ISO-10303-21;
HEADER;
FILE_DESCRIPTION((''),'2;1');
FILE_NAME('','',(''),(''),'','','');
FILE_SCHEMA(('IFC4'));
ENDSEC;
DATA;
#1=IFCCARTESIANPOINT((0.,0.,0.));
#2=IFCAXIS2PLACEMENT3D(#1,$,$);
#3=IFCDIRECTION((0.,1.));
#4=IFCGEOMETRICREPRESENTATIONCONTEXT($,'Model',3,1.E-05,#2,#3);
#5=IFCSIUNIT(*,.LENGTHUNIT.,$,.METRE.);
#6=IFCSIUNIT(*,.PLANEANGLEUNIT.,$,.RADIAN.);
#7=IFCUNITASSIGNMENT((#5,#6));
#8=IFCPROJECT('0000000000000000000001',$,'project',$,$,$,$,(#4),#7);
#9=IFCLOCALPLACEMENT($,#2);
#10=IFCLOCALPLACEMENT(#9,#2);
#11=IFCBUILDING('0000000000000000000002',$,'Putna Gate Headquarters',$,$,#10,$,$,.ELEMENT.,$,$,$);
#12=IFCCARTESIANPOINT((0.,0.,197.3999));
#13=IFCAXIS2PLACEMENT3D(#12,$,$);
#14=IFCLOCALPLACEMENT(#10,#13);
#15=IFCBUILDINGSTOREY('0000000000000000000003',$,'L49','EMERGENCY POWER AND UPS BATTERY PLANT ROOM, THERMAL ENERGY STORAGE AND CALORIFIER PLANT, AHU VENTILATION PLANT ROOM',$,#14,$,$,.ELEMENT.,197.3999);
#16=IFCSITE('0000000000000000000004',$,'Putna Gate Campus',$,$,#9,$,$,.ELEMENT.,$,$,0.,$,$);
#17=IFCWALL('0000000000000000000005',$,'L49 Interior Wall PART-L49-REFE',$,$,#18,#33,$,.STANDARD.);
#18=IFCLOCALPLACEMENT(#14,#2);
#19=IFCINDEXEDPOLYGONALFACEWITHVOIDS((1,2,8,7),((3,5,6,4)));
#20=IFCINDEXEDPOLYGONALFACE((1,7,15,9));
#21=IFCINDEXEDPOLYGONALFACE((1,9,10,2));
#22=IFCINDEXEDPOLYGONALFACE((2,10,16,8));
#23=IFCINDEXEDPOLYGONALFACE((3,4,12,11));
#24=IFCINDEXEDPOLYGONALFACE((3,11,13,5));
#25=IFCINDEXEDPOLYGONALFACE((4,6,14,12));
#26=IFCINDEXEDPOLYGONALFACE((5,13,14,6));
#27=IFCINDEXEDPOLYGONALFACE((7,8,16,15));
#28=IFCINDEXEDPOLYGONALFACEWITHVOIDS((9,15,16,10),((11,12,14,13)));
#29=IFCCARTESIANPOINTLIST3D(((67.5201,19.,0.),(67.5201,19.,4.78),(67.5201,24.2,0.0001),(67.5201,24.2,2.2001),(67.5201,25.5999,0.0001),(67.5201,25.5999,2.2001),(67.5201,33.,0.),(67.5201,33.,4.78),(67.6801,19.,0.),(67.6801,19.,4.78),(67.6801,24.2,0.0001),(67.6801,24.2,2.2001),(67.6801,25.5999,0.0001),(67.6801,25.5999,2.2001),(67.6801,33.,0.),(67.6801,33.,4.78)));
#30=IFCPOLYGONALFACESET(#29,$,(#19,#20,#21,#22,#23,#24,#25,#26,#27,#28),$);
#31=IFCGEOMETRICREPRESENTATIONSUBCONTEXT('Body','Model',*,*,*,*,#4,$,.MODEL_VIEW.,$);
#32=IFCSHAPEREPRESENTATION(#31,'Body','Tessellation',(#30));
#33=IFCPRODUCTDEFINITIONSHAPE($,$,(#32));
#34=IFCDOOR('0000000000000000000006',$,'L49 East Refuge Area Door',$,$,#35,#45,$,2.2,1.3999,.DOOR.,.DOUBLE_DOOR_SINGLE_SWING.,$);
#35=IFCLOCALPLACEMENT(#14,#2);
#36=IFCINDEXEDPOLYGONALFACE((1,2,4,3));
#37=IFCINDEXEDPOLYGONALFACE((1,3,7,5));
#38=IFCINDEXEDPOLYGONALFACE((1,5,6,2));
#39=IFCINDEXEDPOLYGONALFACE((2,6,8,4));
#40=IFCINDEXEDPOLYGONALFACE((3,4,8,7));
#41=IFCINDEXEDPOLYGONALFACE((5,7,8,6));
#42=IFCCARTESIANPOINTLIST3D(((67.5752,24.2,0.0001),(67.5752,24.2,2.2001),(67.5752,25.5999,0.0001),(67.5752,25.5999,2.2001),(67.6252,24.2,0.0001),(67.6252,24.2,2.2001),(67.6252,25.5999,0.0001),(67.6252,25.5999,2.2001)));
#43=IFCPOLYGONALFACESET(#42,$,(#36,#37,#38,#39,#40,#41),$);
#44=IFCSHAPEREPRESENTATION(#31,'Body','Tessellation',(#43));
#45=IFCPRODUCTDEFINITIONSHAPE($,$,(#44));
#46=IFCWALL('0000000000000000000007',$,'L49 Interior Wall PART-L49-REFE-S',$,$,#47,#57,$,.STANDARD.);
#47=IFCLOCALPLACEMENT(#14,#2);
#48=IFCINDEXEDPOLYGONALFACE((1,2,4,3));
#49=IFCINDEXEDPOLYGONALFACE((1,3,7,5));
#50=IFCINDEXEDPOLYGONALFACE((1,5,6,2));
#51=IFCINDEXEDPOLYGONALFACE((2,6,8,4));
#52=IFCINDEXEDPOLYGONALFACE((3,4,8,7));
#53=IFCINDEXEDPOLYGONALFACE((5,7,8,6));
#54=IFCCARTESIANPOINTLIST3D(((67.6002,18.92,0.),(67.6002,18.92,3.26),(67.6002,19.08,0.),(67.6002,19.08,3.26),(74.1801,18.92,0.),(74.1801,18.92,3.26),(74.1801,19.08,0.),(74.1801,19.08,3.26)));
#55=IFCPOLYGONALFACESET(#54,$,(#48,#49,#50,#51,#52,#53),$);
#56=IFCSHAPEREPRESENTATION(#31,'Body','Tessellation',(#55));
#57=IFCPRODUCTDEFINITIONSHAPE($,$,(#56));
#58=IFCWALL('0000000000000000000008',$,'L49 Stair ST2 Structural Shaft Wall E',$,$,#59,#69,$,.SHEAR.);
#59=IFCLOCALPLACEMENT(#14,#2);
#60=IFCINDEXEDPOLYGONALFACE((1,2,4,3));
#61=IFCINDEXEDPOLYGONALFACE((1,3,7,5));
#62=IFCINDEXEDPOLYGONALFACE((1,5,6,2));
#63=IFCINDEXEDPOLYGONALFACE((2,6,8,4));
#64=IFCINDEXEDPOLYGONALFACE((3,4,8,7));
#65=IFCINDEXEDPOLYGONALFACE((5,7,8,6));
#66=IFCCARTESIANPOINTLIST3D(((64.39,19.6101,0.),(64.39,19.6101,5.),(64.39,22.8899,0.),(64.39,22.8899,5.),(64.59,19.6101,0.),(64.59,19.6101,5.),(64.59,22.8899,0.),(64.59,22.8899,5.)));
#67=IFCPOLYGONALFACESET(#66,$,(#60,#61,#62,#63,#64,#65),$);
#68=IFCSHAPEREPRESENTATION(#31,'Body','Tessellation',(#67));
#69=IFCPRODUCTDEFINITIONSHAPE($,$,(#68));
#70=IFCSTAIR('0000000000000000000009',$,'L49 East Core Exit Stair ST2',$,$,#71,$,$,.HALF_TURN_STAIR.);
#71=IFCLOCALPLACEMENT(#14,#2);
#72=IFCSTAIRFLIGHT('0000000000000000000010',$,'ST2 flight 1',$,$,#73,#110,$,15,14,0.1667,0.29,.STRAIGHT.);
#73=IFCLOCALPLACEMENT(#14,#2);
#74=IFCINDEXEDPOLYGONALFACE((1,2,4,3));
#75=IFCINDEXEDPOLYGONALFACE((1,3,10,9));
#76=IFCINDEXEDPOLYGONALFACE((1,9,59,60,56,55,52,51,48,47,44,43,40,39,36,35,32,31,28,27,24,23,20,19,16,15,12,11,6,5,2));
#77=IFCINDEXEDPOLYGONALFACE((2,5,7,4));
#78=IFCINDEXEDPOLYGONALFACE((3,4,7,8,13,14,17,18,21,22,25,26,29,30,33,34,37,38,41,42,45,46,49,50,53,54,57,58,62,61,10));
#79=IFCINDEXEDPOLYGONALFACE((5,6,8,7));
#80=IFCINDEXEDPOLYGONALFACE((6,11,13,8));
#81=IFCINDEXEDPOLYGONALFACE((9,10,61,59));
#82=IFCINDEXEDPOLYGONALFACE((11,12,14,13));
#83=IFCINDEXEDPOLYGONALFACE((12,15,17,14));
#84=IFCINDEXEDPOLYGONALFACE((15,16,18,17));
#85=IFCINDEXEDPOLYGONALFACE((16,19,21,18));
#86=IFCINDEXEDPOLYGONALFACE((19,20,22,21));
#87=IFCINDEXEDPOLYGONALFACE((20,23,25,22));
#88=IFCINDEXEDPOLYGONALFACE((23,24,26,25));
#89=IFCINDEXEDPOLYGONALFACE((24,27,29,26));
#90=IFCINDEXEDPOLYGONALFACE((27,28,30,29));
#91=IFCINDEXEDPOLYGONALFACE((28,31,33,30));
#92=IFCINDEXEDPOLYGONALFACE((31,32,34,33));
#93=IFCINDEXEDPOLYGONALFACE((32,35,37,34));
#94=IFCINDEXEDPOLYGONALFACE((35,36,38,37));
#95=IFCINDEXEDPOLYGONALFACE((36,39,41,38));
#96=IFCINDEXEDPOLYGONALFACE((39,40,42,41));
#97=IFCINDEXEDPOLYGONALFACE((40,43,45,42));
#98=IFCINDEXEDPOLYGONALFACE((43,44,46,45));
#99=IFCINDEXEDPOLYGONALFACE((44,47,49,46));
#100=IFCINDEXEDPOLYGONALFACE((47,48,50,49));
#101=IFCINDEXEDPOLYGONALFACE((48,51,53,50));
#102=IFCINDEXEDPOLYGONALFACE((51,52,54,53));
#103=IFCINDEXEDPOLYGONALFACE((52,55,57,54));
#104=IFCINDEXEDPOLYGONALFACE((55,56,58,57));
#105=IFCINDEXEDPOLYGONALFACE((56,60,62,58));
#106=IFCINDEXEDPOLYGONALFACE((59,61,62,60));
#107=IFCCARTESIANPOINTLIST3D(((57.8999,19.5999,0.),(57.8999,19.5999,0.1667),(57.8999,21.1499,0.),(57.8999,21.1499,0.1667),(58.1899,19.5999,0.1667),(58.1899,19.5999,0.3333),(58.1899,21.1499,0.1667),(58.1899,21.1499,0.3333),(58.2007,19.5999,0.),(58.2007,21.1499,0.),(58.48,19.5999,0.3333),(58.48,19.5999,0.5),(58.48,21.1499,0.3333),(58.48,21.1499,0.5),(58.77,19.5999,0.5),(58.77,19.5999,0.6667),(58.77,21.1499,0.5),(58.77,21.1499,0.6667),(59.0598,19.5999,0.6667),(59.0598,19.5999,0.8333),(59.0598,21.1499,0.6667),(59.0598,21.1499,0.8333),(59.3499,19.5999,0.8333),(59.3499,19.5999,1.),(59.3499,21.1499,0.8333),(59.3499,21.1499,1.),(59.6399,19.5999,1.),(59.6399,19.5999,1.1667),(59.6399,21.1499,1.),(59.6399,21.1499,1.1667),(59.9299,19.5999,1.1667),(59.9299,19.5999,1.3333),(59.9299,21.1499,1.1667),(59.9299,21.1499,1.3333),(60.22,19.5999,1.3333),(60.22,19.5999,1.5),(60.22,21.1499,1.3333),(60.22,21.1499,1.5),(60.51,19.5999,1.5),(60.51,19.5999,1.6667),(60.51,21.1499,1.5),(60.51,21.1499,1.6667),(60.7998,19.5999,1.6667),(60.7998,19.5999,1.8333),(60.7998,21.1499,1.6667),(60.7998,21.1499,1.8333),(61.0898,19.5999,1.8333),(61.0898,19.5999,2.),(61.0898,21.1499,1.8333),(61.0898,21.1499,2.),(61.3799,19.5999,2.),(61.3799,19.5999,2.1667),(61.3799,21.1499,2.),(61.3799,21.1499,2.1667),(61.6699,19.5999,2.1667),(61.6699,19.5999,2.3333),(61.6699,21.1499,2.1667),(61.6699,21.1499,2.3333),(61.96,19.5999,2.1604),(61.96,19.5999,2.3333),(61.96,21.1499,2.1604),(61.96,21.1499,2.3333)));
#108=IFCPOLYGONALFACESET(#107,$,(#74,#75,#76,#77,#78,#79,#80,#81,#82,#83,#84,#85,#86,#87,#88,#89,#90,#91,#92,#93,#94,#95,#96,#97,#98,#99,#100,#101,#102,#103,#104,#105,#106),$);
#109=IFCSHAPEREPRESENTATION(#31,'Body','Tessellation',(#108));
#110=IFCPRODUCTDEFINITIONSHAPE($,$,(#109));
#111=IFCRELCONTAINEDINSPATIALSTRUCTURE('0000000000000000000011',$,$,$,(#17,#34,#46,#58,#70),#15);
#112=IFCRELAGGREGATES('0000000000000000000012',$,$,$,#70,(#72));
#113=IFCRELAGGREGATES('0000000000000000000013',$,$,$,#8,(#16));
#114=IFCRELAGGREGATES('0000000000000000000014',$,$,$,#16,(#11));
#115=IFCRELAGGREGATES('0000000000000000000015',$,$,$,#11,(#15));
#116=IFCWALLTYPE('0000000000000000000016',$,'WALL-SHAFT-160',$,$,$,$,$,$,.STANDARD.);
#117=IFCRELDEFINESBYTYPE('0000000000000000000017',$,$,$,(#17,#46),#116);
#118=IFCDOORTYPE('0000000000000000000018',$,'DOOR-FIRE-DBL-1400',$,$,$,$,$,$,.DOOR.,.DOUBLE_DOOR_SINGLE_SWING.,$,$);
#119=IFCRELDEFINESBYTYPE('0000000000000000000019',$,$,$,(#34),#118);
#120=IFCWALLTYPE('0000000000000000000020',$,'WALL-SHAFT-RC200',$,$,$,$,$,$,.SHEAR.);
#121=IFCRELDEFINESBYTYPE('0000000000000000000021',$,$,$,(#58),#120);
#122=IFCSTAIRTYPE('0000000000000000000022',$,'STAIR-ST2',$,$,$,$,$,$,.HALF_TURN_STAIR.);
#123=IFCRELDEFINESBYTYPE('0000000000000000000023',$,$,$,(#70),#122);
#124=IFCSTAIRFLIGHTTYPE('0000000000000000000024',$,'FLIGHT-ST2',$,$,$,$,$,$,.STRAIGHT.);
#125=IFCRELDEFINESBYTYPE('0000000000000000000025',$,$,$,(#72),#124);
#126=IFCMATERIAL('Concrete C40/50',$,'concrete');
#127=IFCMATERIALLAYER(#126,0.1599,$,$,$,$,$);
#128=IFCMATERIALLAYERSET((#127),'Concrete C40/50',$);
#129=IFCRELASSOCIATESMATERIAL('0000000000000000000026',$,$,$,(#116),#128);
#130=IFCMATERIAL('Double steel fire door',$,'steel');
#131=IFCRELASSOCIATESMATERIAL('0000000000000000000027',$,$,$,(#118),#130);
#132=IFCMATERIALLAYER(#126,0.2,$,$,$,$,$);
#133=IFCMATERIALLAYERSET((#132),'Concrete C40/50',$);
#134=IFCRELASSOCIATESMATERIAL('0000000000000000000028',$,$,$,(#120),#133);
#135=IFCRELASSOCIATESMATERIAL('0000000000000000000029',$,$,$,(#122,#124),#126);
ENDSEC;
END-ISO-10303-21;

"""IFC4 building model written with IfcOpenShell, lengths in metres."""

from ifc_helpers import new_model, si_unit, direction, frame, frame_2d, origin, place, context, subcontext, project, spatial, polyline, rectangle, outline, extrude, material, layer, layer_set, type_object, element, fill, aggregate, save


model = new_model("IFC4")

# Units and contexts
model_context = context("Model", 3, precision=1e-05, world=origin(), true_north=direction((0.0, 1.0)))
body_context = subcontext(model_context, "Body", "Model", "MODEL_VIEW")
ifc_project = project(units=[si_unit("LENGTHUNIT", "METRE"), si_unit("PLANEANGLEUNIT", "RADIAN")], contexts=[model_context])

# Site, building, storey
site_placement = place(None, origin())
site = spatial("IfcSite", under=ifc_project, at=site_placement, Name="Putna Gate Campus", CompositionType="ELEMENT", RefElevation=0.0)
building_placement = place(site_placement, origin())
building = spatial("IfcBuilding", under=site, at=building_placement, Name="Putna Gate Headquarters", CompositionType="ELEMENT")
storey_placement = place(building_placement, frame((0.0, 0.0, 197.3999)))
storey = spatial("IfcBuildingStorey", under=building, at=storey_placement, Name="L49", Description="EMERGENCY POWER AND UPS BATTERY PLANT ROOM, THERMAL ENERGY STORAGE AND CALORIFIER PLANT, AHU VENTILATION PLANT ROOM", CompositionType="ELEMENT", Elevation=197.3999)

# Wall, opening, door
ifc_material_1 = material(Name="Concrete C40/50", Category="concrete")
ifc_layer_1 = layer(ifc_material_1, 0.1599)
ifc_layer_set_1 = layer_set([ifc_layer_1], Name="Concrete C40/50")
wall_type_1 = type_object("IfcWallType", Name="WALL-SHAFT-160", PredefinedType="STANDARD", material=ifc_layer_set_1)
wall_1_placement = place(storey_placement, frame((67.6001, 19.0, 0.0), z_axis=(0.0, 0.0, 1.0), x_axis=(0.0, 1.0, 0.0)))
wall_1 = element("IfcWall", 1, at=wall_1_placement, inside=storey, type_object=wall_type_1, Name="L49 Interior Wall PART-L49-REFE", PredefinedType="STANDARD", context=body_context, shape_type="SweptSolid", body=[
    extrude(rectangle(XDim=14.0, YDim=0.1599, at=frame_2d((7.0, 0.0))), origin(), (0.0, 0.0, 1.0), 4.78),
])
opening_1_placement = place(wall_1_placement, frame((5.2, 0.0, 0.0)))
opening_1 = element("IfcOpeningElement", 2, at=opening_1_placement, cuts=wall_1, PredefinedType="OPENING", context=body_context, shape_type="SweptSolid", body=[
    extrude(rectangle(XDim=1.3999, YDim=2.2, at=frame_2d((0.7, 1.1001))), frame((0.0, 0.0898, 0.0), z_axis=(0.0, -1.0, 0.0), x_axis=(1.0, 0.0, 0.0)), (0.0, 0.0, 1.0), 0.1799),
])
ifc_material_2 = material(Name="Double steel fire door", Category="steel")
door_type_1 = type_object("IfcDoorType", Name="DOOR-FIRE-DBL-1400", OperationType="DOUBLE_DOOR_SINGLE_SWING", PredefinedType="DOOR", material=ifc_material_2)
door_1_placement = place(opening_1_placement, origin())
door_1 = element("IfcDoor", 3, at=door_1_placement, inside=storey, type_object=door_type_1, Name="L49 East Refuge Area Door", OperationType="DOUBLE_DOOR_SINGLE_SWING", OverallHeight=2.2, OverallWidth=1.3999, PredefinedType="DOOR", context=body_context, shape_type="SweptSolid", body=[
    extrude(rectangle(XDim=1.3999, YDim=2.2, at=frame_2d((0.7, 1.1001))), frame((0.0, 0.0249, 0.0), z_axis=(0.0, -1.0, 0.0), x_axis=(1.0, 0.0, 0.0)), (0.0, 0.0, 1.0), 0.05),
])
fill(opening_1, door_1)

# Walls
wall_2_placement = place(storey_placement, frame((67.6001, 19.0, 0.0), z_axis=(0.0, 0.0, 1.0), x_axis=(1.0, 0.0, 0.0)))
element("IfcWall", 4, at=wall_2_placement, inside=storey, type_object=wall_type_1, Name="L49 Interior Wall PART-L49-REFE-S", PredefinedType="STANDARD", context=body_context, shape_type="SweptSolid", body=[
    extrude(rectangle(XDim=6.5798, YDim=0.1599, at=frame_2d((3.29, 0.0))), origin(), (0.0, 0.0, 1.0), 3.26),
])
ifc_layer_2 = layer(ifc_material_1, 0.2)
ifc_layer_set_2 = layer_set([ifc_layer_2], Name="Concrete C40/50")
wall_type_2 = type_object("IfcWallType", Name="WALL-SHAFT-RC200", PredefinedType="SHEAR", material=ifc_layer_set_2)
wall_3_placement = place(storey_placement, frame((64.49, 19.6101, 0.0), z_axis=(0.0, 0.0, 1.0), x_axis=(0.0, 1.0, 0.0)))
element("IfcWall", 5, at=wall_3_placement, inside=storey, type_object=wall_type_2, Name="L49 Stair ST2 Structural Shaft Wall E", PredefinedType="SHEAR", context=body_context, shape_type="SweptSolid", body=[
    extrude(rectangle(XDim=3.2798, YDim=0.2, at=frame_2d((1.6399, 0.0))), origin(), (0.0, 0.0, 1.0), 5.0),
])

# Stair, stair flight
stair_type = type_object("IfcStairType", Name="STAIR-ST2", PredefinedType="HALF_TURN_STAIR", material=ifc_material_1)
stair_placement = place(storey_placement, origin())
stair = element("IfcStair", 6, at=stair_placement, inside=storey, type_object=stair_type, Name="L49 East Core Exit Stair ST2", PredefinedType="HALF_TURN_STAIR")
stair_flight_type = type_object("IfcStairFlightType", Name="FLIGHT-ST2", PredefinedType="STRAIGHT", material=ifc_material_1)
stair_flight_placement = place(storey_placement, frame((57.8999, 20.375, 0.0), z_axis=(0.0, 0.0, 1.0), x_axis=(1.0, 0.0, 0.0)))
stair_flight = element("IfcStairFlight", 7, at=stair_flight_placement, type_object=stair_flight_type, Name="ST2 flight 1", NumberOfRisers=15, NumberOfTreads=14, PredefinedType="STRAIGHT", RiserHeight=0.1667, TreadLength=0.29, context=body_context, shape_type="SweptSolid", body=[
    extrude(outline(polyline([(0.0, 0.0), (0.0, 0.1667), (0.29, 0.1667), (0.29, 0.3333), (0.5801, 0.3333), (0.5801, 0.5), (0.8701, 0.5), (0.8701, 0.6667), (1.1599, 0.6667), (1.1599, 0.8333), (1.45, 0.8333), (1.45, 1.0), (1.74, 1.0), (1.74, 1.1667), (2.03, 1.1667), (2.03, 1.3333), (2.3201, 1.3333), (2.3201, 1.5), (2.6101, 1.5), (2.6101, 1.6667), (2.8999, 1.6667), (2.8999, 1.8333), (3.1899, 1.8333), (3.1899, 2.0), (3.48, 2.0), (3.48, 2.1667), (3.77, 2.1667), (3.77, 2.3333), (4.0601, 2.3333), (4.0601, 2.5), (4.0601, 2.1604), (0.3008, 0.0), (0.0, 0.0)])), frame((0.0, 0.7749, 0.0), z_axis=(0.0, -1.0, 0.0), x_axis=(1.0, 0.0, 0.0)), (0.0, 0.0, 1.0), 1.55),
])
aggregate(stair, [stair_flight])

save(model, "model.ifc")
